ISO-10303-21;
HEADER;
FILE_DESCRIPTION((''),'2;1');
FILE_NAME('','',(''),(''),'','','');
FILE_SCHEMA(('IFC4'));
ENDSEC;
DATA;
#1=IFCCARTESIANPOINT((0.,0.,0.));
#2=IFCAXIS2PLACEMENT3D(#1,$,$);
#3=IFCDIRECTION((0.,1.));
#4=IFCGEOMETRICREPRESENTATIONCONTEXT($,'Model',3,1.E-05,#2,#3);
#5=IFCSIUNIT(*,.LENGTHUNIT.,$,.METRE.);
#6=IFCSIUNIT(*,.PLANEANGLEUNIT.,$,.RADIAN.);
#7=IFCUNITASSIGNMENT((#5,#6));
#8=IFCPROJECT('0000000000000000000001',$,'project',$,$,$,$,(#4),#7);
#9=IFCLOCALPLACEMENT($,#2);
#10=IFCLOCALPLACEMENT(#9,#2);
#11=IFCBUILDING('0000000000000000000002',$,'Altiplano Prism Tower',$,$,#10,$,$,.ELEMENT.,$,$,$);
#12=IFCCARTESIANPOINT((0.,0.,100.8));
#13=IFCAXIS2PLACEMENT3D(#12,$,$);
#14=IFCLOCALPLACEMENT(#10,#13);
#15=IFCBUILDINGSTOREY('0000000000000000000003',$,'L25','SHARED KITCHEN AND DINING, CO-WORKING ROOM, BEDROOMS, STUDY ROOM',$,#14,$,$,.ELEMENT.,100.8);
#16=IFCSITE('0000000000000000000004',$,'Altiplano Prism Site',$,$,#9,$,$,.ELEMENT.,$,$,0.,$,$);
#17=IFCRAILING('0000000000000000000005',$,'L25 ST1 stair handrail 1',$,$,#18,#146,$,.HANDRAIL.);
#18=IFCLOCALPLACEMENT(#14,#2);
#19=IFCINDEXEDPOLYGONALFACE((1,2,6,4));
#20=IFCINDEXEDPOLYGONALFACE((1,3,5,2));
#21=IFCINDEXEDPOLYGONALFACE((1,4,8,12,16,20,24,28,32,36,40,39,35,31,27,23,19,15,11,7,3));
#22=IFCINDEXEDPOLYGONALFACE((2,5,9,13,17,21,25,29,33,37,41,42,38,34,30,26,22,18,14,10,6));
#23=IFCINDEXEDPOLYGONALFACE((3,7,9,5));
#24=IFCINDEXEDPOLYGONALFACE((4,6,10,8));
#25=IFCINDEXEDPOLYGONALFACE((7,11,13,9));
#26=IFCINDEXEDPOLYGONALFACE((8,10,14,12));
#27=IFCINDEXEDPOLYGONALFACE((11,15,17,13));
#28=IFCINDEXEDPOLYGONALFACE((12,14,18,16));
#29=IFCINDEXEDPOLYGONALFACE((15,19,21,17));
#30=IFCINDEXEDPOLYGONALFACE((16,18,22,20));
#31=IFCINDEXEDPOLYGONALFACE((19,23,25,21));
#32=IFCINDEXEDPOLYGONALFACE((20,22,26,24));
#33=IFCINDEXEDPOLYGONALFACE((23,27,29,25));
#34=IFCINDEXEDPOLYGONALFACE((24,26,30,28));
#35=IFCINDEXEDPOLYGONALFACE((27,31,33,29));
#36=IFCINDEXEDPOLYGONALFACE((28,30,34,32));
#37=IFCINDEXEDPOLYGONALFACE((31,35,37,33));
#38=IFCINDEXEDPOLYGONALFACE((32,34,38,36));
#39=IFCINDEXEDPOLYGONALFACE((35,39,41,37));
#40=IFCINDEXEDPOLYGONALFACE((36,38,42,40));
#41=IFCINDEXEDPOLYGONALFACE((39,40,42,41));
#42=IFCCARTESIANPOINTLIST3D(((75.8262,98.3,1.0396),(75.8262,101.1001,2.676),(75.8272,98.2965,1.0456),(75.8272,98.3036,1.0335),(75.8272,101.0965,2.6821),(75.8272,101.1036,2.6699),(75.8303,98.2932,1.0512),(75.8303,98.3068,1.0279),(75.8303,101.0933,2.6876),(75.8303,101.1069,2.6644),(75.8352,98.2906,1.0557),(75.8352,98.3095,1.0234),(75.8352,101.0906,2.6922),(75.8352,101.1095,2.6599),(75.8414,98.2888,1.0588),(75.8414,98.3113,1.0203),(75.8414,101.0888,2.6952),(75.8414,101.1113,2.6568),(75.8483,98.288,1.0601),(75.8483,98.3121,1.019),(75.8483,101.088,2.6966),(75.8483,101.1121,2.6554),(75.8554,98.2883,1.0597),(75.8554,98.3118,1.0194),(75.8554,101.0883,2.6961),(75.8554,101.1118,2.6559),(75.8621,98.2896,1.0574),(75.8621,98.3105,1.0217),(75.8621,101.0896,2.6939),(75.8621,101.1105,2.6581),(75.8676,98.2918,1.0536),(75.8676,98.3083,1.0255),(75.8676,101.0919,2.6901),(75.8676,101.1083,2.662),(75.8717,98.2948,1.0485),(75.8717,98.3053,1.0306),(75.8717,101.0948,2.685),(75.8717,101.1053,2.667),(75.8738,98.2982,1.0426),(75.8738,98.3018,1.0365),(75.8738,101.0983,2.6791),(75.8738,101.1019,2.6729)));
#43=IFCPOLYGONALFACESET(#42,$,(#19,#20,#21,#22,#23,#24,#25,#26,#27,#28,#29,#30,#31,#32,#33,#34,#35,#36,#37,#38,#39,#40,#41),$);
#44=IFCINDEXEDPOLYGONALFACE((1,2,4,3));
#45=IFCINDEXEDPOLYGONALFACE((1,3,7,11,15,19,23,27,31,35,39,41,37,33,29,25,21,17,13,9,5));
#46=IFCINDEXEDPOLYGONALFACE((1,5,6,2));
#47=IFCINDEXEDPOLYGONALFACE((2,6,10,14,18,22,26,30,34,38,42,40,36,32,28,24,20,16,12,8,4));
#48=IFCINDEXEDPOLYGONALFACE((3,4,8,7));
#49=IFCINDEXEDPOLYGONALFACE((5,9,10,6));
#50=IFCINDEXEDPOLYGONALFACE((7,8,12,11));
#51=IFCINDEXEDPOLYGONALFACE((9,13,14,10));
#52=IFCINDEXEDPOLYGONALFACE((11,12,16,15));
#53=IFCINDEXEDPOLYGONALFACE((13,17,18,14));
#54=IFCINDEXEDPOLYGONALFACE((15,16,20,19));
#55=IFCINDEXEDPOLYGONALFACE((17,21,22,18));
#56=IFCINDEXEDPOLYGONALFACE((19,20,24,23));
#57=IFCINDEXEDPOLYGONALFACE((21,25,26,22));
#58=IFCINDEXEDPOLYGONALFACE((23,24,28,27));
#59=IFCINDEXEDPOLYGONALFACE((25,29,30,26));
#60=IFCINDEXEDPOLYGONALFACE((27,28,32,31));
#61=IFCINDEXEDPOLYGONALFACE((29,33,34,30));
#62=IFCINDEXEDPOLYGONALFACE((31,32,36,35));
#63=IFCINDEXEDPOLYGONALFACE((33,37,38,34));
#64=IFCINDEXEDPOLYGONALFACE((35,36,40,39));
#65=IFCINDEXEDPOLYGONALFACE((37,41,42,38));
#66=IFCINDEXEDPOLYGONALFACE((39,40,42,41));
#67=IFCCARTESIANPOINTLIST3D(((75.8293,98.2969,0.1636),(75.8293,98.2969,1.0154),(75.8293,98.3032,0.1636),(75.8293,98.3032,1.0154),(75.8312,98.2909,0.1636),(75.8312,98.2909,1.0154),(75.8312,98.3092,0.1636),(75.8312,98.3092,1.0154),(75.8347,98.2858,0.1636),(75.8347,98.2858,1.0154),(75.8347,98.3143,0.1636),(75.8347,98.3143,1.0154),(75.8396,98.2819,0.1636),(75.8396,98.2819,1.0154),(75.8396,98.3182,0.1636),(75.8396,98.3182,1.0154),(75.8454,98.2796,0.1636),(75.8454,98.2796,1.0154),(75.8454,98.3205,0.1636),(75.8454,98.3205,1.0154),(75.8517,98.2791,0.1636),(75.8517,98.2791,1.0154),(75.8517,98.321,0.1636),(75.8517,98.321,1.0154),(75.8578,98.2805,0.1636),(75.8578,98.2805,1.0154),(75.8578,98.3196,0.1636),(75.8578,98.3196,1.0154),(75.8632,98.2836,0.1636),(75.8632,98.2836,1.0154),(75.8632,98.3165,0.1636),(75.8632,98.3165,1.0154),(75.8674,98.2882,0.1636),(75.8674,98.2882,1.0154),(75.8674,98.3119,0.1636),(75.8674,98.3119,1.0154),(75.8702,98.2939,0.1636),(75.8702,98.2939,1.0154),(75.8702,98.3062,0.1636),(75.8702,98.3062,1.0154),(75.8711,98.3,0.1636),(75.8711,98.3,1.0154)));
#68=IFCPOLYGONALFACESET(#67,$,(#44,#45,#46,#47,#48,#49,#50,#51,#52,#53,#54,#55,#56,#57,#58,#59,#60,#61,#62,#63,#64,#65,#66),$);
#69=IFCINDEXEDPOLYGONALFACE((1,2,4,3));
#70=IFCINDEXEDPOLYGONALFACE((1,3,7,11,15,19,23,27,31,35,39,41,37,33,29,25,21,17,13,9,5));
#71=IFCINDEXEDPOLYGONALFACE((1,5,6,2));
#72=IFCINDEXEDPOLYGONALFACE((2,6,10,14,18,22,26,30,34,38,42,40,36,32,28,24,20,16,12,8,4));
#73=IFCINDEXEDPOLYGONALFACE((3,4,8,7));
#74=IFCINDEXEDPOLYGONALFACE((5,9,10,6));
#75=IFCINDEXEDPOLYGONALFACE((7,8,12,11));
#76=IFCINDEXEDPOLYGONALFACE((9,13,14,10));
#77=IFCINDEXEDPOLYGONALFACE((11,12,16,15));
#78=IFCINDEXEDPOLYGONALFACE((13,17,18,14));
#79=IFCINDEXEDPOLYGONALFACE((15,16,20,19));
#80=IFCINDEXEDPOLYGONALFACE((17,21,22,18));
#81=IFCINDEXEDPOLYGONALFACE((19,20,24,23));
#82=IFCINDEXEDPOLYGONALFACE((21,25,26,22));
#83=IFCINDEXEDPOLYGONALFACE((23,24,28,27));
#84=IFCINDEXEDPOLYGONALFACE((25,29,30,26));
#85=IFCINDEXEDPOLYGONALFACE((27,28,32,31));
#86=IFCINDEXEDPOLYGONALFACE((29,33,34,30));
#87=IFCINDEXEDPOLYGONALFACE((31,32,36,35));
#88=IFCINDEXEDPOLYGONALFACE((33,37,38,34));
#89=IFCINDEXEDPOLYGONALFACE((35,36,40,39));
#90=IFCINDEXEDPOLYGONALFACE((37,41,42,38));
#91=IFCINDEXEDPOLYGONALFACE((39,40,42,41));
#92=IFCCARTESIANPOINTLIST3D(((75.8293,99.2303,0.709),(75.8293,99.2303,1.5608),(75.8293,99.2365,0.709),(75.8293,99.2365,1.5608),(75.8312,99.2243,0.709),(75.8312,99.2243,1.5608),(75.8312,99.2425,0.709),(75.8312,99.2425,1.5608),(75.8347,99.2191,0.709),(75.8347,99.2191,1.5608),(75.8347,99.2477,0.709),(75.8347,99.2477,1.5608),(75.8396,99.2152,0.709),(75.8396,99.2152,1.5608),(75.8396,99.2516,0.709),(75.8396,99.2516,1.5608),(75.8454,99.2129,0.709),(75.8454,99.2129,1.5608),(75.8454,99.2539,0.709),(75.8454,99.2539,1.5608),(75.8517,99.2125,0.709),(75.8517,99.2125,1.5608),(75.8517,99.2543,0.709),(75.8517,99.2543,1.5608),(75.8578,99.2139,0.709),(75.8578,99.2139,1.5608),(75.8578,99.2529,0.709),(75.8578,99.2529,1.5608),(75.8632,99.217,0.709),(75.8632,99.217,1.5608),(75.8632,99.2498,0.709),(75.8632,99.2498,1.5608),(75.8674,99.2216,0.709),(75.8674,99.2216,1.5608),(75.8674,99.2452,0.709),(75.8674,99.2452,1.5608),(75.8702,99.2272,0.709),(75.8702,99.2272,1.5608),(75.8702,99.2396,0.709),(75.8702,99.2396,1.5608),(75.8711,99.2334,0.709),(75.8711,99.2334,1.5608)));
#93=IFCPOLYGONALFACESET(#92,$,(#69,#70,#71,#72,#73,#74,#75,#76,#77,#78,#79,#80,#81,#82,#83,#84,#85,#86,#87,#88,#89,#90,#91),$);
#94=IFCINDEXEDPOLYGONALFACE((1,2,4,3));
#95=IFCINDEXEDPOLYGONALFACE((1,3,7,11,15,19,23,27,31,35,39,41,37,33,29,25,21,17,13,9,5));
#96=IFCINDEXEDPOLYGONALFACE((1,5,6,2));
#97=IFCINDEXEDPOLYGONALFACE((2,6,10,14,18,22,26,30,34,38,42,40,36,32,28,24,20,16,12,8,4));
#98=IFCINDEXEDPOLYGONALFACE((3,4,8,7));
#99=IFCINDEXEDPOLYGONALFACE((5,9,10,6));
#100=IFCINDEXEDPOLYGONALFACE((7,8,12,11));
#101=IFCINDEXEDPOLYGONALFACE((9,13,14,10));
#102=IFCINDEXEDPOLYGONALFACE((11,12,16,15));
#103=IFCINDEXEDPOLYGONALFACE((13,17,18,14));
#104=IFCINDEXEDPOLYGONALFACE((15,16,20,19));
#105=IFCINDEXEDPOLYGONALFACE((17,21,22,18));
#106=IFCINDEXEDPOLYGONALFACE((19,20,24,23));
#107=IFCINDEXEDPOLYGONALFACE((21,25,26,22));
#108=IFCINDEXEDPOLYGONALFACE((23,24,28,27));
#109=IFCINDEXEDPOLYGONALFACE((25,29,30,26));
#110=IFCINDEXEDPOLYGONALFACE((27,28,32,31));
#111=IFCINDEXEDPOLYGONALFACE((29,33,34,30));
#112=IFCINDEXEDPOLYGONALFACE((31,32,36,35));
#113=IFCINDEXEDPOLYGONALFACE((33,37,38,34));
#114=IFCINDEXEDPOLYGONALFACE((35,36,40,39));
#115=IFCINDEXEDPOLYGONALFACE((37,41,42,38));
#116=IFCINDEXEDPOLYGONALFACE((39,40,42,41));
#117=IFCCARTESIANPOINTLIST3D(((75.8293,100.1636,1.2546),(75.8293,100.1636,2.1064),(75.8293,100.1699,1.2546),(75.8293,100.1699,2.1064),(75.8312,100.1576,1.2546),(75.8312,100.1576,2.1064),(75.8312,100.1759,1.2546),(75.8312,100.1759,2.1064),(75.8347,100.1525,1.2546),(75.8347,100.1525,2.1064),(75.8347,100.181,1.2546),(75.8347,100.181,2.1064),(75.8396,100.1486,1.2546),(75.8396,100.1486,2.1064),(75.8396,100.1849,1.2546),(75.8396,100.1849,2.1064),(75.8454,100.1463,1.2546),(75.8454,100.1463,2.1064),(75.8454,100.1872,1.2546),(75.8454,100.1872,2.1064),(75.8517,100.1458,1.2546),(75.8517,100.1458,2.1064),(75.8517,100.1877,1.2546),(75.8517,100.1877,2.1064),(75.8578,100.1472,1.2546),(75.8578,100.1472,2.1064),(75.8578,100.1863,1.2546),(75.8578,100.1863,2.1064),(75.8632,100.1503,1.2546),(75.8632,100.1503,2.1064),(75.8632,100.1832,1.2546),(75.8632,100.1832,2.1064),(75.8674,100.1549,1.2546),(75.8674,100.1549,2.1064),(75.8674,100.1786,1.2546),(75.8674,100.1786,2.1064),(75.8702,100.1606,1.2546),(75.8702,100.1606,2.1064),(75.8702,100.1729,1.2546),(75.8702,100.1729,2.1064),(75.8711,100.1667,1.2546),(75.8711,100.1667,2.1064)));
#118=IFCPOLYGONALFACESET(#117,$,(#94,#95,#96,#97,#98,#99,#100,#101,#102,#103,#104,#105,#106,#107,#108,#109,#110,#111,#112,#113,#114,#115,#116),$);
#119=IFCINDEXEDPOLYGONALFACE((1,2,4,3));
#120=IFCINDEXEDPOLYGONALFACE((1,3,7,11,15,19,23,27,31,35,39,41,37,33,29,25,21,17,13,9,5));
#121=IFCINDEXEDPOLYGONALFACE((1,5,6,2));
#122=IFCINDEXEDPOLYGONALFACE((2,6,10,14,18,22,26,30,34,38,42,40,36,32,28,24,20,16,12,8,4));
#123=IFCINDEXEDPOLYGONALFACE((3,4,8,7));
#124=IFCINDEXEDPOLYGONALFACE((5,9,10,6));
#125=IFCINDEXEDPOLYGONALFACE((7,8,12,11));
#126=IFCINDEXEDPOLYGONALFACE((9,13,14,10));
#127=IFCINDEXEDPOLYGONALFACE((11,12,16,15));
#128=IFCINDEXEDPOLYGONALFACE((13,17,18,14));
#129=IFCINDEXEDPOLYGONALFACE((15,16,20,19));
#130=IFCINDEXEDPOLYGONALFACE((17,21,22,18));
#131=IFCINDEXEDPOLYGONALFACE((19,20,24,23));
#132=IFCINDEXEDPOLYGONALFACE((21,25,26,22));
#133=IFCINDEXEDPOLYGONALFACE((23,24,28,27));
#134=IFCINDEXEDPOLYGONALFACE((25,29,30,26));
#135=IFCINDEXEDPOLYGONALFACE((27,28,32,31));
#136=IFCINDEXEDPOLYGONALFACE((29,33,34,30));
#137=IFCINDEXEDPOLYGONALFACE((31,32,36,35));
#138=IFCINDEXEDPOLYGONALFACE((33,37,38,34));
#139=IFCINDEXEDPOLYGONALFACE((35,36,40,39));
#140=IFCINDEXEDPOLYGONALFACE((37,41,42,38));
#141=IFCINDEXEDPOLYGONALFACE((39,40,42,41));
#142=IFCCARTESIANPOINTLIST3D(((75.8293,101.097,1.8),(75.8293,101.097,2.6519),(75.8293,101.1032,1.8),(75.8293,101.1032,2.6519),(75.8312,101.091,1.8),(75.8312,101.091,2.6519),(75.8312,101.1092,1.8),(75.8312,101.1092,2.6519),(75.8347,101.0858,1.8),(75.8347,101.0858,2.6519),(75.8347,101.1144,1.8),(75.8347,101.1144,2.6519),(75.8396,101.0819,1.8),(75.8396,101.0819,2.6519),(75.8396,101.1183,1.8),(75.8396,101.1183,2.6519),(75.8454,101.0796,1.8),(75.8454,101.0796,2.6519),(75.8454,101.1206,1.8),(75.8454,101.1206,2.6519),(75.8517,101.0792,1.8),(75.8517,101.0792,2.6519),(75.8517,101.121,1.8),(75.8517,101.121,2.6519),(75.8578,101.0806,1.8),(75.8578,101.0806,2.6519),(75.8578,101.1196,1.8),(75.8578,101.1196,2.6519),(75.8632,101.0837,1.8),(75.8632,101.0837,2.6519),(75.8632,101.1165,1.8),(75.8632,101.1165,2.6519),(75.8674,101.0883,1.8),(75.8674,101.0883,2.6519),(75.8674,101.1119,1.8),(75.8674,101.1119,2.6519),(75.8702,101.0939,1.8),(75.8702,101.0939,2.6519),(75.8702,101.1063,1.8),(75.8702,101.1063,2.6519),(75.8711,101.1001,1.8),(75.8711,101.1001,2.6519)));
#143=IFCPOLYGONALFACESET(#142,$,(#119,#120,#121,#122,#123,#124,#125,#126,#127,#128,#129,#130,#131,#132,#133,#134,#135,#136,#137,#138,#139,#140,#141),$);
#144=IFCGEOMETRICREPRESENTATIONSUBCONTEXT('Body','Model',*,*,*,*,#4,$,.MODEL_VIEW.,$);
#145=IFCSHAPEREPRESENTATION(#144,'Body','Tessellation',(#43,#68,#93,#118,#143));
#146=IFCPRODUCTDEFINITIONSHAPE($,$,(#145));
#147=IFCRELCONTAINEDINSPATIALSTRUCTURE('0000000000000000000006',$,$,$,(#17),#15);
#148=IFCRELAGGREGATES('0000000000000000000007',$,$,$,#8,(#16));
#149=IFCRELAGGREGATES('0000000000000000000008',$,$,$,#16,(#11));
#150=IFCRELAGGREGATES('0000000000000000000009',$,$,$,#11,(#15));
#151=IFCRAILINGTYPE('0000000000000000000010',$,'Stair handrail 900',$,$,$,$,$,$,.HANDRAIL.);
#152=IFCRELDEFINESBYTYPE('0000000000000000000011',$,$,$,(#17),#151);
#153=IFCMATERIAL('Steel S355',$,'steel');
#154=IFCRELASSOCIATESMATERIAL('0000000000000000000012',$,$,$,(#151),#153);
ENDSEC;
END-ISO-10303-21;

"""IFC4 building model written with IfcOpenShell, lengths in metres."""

from ifc_helpers import new_model, si_unit, direction, frame, origin, origin_2d, place, context, subcontext, project, spatial, circle, extrude, material, type_object, element, save


model = new_model("IFC4")

# Units and contexts
model_context = context("Model", 3, precision=1e-05, world=origin(), true_north=direction((0.0, 1.0)))
body_context = subcontext(model_context, "Body", "Model", "MODEL_VIEW")
ifc_project = project(units=[si_unit("LENGTHUNIT", "METRE"), si_unit("PLANEANGLEUNIT", "RADIAN")], contexts=[model_context])

# Site, building, storey
site_placement = place(None, origin())
site = spatial("IfcSite", under=ifc_project, at=site_placement, Name="Altiplano Prism Site", CompositionType="ELEMENT", RefElevation=0.0)
building_placement = place(site_placement, origin())
building = spatial("IfcBuilding", under=site, at=building_placement, Name="Altiplano Prism Tower", CompositionType="ELEMENT")
storey_placement = place(building_placement, frame((0.0, 0.0, 100.8)))
storey = spatial("IfcBuildingStorey", under=building, at=storey_placement, Name="L25", Description="SHARED KITCHEN AND DINING, CO-WORKING ROOM, BEDROOMS, STUDY ROOM", CompositionType="ELEMENT", Elevation=100.8)

# Railing
ifc_material_1 = material(Name="Steel S355", Category="steel")
railing_type_1 = type_object("IfcRailingType", Name="Stair handrail 900", PredefinedType="HANDRAIL", material=ifc_material_1)
railing_1_placement = place(storey_placement, frame((75.8501, 98.3, 0.1636)))
element("IfcRailing", 1, at=railing_1_placement, inside=storey, type_object=railing_type_1, Name="L25 ST1 stair handrail 1", PredefinedType="HANDRAIL", context=body_context, shape_type="SweptSolid", body=[
    extrude(circle(Radius=0.0239, at=origin_2d()), frame((0.0, 0.0, 0.876), z_axis=(0.0, 0.863361, 0.504587), x_axis=(-1.0, 0.0, 0.0)), (0.0, 0.0, 1.0), 3.2432),
    extrude(circle(Radius=0.021, at=origin_2d()), origin(), (0.0, 0.0, 1.0), 0.8518),
    extrude(circle(Radius=0.021, at=origin_2d()), frame((0.0, 0.9333, 0.5454)), (0.0, 0.0, 1.0), 0.8518),
    extrude(circle(Radius=0.021, at=origin_2d()), frame((0.0, 1.8667, 1.0911)), (0.0, 0.0, 1.0), 0.8518),
    extrude(circle(Radius=0.021, at=origin_2d()), frame((0.0, 2.8, 1.6365)), (0.0, 0.0, 1.0), 0.8518),
])

save(model, "model.ifc")
